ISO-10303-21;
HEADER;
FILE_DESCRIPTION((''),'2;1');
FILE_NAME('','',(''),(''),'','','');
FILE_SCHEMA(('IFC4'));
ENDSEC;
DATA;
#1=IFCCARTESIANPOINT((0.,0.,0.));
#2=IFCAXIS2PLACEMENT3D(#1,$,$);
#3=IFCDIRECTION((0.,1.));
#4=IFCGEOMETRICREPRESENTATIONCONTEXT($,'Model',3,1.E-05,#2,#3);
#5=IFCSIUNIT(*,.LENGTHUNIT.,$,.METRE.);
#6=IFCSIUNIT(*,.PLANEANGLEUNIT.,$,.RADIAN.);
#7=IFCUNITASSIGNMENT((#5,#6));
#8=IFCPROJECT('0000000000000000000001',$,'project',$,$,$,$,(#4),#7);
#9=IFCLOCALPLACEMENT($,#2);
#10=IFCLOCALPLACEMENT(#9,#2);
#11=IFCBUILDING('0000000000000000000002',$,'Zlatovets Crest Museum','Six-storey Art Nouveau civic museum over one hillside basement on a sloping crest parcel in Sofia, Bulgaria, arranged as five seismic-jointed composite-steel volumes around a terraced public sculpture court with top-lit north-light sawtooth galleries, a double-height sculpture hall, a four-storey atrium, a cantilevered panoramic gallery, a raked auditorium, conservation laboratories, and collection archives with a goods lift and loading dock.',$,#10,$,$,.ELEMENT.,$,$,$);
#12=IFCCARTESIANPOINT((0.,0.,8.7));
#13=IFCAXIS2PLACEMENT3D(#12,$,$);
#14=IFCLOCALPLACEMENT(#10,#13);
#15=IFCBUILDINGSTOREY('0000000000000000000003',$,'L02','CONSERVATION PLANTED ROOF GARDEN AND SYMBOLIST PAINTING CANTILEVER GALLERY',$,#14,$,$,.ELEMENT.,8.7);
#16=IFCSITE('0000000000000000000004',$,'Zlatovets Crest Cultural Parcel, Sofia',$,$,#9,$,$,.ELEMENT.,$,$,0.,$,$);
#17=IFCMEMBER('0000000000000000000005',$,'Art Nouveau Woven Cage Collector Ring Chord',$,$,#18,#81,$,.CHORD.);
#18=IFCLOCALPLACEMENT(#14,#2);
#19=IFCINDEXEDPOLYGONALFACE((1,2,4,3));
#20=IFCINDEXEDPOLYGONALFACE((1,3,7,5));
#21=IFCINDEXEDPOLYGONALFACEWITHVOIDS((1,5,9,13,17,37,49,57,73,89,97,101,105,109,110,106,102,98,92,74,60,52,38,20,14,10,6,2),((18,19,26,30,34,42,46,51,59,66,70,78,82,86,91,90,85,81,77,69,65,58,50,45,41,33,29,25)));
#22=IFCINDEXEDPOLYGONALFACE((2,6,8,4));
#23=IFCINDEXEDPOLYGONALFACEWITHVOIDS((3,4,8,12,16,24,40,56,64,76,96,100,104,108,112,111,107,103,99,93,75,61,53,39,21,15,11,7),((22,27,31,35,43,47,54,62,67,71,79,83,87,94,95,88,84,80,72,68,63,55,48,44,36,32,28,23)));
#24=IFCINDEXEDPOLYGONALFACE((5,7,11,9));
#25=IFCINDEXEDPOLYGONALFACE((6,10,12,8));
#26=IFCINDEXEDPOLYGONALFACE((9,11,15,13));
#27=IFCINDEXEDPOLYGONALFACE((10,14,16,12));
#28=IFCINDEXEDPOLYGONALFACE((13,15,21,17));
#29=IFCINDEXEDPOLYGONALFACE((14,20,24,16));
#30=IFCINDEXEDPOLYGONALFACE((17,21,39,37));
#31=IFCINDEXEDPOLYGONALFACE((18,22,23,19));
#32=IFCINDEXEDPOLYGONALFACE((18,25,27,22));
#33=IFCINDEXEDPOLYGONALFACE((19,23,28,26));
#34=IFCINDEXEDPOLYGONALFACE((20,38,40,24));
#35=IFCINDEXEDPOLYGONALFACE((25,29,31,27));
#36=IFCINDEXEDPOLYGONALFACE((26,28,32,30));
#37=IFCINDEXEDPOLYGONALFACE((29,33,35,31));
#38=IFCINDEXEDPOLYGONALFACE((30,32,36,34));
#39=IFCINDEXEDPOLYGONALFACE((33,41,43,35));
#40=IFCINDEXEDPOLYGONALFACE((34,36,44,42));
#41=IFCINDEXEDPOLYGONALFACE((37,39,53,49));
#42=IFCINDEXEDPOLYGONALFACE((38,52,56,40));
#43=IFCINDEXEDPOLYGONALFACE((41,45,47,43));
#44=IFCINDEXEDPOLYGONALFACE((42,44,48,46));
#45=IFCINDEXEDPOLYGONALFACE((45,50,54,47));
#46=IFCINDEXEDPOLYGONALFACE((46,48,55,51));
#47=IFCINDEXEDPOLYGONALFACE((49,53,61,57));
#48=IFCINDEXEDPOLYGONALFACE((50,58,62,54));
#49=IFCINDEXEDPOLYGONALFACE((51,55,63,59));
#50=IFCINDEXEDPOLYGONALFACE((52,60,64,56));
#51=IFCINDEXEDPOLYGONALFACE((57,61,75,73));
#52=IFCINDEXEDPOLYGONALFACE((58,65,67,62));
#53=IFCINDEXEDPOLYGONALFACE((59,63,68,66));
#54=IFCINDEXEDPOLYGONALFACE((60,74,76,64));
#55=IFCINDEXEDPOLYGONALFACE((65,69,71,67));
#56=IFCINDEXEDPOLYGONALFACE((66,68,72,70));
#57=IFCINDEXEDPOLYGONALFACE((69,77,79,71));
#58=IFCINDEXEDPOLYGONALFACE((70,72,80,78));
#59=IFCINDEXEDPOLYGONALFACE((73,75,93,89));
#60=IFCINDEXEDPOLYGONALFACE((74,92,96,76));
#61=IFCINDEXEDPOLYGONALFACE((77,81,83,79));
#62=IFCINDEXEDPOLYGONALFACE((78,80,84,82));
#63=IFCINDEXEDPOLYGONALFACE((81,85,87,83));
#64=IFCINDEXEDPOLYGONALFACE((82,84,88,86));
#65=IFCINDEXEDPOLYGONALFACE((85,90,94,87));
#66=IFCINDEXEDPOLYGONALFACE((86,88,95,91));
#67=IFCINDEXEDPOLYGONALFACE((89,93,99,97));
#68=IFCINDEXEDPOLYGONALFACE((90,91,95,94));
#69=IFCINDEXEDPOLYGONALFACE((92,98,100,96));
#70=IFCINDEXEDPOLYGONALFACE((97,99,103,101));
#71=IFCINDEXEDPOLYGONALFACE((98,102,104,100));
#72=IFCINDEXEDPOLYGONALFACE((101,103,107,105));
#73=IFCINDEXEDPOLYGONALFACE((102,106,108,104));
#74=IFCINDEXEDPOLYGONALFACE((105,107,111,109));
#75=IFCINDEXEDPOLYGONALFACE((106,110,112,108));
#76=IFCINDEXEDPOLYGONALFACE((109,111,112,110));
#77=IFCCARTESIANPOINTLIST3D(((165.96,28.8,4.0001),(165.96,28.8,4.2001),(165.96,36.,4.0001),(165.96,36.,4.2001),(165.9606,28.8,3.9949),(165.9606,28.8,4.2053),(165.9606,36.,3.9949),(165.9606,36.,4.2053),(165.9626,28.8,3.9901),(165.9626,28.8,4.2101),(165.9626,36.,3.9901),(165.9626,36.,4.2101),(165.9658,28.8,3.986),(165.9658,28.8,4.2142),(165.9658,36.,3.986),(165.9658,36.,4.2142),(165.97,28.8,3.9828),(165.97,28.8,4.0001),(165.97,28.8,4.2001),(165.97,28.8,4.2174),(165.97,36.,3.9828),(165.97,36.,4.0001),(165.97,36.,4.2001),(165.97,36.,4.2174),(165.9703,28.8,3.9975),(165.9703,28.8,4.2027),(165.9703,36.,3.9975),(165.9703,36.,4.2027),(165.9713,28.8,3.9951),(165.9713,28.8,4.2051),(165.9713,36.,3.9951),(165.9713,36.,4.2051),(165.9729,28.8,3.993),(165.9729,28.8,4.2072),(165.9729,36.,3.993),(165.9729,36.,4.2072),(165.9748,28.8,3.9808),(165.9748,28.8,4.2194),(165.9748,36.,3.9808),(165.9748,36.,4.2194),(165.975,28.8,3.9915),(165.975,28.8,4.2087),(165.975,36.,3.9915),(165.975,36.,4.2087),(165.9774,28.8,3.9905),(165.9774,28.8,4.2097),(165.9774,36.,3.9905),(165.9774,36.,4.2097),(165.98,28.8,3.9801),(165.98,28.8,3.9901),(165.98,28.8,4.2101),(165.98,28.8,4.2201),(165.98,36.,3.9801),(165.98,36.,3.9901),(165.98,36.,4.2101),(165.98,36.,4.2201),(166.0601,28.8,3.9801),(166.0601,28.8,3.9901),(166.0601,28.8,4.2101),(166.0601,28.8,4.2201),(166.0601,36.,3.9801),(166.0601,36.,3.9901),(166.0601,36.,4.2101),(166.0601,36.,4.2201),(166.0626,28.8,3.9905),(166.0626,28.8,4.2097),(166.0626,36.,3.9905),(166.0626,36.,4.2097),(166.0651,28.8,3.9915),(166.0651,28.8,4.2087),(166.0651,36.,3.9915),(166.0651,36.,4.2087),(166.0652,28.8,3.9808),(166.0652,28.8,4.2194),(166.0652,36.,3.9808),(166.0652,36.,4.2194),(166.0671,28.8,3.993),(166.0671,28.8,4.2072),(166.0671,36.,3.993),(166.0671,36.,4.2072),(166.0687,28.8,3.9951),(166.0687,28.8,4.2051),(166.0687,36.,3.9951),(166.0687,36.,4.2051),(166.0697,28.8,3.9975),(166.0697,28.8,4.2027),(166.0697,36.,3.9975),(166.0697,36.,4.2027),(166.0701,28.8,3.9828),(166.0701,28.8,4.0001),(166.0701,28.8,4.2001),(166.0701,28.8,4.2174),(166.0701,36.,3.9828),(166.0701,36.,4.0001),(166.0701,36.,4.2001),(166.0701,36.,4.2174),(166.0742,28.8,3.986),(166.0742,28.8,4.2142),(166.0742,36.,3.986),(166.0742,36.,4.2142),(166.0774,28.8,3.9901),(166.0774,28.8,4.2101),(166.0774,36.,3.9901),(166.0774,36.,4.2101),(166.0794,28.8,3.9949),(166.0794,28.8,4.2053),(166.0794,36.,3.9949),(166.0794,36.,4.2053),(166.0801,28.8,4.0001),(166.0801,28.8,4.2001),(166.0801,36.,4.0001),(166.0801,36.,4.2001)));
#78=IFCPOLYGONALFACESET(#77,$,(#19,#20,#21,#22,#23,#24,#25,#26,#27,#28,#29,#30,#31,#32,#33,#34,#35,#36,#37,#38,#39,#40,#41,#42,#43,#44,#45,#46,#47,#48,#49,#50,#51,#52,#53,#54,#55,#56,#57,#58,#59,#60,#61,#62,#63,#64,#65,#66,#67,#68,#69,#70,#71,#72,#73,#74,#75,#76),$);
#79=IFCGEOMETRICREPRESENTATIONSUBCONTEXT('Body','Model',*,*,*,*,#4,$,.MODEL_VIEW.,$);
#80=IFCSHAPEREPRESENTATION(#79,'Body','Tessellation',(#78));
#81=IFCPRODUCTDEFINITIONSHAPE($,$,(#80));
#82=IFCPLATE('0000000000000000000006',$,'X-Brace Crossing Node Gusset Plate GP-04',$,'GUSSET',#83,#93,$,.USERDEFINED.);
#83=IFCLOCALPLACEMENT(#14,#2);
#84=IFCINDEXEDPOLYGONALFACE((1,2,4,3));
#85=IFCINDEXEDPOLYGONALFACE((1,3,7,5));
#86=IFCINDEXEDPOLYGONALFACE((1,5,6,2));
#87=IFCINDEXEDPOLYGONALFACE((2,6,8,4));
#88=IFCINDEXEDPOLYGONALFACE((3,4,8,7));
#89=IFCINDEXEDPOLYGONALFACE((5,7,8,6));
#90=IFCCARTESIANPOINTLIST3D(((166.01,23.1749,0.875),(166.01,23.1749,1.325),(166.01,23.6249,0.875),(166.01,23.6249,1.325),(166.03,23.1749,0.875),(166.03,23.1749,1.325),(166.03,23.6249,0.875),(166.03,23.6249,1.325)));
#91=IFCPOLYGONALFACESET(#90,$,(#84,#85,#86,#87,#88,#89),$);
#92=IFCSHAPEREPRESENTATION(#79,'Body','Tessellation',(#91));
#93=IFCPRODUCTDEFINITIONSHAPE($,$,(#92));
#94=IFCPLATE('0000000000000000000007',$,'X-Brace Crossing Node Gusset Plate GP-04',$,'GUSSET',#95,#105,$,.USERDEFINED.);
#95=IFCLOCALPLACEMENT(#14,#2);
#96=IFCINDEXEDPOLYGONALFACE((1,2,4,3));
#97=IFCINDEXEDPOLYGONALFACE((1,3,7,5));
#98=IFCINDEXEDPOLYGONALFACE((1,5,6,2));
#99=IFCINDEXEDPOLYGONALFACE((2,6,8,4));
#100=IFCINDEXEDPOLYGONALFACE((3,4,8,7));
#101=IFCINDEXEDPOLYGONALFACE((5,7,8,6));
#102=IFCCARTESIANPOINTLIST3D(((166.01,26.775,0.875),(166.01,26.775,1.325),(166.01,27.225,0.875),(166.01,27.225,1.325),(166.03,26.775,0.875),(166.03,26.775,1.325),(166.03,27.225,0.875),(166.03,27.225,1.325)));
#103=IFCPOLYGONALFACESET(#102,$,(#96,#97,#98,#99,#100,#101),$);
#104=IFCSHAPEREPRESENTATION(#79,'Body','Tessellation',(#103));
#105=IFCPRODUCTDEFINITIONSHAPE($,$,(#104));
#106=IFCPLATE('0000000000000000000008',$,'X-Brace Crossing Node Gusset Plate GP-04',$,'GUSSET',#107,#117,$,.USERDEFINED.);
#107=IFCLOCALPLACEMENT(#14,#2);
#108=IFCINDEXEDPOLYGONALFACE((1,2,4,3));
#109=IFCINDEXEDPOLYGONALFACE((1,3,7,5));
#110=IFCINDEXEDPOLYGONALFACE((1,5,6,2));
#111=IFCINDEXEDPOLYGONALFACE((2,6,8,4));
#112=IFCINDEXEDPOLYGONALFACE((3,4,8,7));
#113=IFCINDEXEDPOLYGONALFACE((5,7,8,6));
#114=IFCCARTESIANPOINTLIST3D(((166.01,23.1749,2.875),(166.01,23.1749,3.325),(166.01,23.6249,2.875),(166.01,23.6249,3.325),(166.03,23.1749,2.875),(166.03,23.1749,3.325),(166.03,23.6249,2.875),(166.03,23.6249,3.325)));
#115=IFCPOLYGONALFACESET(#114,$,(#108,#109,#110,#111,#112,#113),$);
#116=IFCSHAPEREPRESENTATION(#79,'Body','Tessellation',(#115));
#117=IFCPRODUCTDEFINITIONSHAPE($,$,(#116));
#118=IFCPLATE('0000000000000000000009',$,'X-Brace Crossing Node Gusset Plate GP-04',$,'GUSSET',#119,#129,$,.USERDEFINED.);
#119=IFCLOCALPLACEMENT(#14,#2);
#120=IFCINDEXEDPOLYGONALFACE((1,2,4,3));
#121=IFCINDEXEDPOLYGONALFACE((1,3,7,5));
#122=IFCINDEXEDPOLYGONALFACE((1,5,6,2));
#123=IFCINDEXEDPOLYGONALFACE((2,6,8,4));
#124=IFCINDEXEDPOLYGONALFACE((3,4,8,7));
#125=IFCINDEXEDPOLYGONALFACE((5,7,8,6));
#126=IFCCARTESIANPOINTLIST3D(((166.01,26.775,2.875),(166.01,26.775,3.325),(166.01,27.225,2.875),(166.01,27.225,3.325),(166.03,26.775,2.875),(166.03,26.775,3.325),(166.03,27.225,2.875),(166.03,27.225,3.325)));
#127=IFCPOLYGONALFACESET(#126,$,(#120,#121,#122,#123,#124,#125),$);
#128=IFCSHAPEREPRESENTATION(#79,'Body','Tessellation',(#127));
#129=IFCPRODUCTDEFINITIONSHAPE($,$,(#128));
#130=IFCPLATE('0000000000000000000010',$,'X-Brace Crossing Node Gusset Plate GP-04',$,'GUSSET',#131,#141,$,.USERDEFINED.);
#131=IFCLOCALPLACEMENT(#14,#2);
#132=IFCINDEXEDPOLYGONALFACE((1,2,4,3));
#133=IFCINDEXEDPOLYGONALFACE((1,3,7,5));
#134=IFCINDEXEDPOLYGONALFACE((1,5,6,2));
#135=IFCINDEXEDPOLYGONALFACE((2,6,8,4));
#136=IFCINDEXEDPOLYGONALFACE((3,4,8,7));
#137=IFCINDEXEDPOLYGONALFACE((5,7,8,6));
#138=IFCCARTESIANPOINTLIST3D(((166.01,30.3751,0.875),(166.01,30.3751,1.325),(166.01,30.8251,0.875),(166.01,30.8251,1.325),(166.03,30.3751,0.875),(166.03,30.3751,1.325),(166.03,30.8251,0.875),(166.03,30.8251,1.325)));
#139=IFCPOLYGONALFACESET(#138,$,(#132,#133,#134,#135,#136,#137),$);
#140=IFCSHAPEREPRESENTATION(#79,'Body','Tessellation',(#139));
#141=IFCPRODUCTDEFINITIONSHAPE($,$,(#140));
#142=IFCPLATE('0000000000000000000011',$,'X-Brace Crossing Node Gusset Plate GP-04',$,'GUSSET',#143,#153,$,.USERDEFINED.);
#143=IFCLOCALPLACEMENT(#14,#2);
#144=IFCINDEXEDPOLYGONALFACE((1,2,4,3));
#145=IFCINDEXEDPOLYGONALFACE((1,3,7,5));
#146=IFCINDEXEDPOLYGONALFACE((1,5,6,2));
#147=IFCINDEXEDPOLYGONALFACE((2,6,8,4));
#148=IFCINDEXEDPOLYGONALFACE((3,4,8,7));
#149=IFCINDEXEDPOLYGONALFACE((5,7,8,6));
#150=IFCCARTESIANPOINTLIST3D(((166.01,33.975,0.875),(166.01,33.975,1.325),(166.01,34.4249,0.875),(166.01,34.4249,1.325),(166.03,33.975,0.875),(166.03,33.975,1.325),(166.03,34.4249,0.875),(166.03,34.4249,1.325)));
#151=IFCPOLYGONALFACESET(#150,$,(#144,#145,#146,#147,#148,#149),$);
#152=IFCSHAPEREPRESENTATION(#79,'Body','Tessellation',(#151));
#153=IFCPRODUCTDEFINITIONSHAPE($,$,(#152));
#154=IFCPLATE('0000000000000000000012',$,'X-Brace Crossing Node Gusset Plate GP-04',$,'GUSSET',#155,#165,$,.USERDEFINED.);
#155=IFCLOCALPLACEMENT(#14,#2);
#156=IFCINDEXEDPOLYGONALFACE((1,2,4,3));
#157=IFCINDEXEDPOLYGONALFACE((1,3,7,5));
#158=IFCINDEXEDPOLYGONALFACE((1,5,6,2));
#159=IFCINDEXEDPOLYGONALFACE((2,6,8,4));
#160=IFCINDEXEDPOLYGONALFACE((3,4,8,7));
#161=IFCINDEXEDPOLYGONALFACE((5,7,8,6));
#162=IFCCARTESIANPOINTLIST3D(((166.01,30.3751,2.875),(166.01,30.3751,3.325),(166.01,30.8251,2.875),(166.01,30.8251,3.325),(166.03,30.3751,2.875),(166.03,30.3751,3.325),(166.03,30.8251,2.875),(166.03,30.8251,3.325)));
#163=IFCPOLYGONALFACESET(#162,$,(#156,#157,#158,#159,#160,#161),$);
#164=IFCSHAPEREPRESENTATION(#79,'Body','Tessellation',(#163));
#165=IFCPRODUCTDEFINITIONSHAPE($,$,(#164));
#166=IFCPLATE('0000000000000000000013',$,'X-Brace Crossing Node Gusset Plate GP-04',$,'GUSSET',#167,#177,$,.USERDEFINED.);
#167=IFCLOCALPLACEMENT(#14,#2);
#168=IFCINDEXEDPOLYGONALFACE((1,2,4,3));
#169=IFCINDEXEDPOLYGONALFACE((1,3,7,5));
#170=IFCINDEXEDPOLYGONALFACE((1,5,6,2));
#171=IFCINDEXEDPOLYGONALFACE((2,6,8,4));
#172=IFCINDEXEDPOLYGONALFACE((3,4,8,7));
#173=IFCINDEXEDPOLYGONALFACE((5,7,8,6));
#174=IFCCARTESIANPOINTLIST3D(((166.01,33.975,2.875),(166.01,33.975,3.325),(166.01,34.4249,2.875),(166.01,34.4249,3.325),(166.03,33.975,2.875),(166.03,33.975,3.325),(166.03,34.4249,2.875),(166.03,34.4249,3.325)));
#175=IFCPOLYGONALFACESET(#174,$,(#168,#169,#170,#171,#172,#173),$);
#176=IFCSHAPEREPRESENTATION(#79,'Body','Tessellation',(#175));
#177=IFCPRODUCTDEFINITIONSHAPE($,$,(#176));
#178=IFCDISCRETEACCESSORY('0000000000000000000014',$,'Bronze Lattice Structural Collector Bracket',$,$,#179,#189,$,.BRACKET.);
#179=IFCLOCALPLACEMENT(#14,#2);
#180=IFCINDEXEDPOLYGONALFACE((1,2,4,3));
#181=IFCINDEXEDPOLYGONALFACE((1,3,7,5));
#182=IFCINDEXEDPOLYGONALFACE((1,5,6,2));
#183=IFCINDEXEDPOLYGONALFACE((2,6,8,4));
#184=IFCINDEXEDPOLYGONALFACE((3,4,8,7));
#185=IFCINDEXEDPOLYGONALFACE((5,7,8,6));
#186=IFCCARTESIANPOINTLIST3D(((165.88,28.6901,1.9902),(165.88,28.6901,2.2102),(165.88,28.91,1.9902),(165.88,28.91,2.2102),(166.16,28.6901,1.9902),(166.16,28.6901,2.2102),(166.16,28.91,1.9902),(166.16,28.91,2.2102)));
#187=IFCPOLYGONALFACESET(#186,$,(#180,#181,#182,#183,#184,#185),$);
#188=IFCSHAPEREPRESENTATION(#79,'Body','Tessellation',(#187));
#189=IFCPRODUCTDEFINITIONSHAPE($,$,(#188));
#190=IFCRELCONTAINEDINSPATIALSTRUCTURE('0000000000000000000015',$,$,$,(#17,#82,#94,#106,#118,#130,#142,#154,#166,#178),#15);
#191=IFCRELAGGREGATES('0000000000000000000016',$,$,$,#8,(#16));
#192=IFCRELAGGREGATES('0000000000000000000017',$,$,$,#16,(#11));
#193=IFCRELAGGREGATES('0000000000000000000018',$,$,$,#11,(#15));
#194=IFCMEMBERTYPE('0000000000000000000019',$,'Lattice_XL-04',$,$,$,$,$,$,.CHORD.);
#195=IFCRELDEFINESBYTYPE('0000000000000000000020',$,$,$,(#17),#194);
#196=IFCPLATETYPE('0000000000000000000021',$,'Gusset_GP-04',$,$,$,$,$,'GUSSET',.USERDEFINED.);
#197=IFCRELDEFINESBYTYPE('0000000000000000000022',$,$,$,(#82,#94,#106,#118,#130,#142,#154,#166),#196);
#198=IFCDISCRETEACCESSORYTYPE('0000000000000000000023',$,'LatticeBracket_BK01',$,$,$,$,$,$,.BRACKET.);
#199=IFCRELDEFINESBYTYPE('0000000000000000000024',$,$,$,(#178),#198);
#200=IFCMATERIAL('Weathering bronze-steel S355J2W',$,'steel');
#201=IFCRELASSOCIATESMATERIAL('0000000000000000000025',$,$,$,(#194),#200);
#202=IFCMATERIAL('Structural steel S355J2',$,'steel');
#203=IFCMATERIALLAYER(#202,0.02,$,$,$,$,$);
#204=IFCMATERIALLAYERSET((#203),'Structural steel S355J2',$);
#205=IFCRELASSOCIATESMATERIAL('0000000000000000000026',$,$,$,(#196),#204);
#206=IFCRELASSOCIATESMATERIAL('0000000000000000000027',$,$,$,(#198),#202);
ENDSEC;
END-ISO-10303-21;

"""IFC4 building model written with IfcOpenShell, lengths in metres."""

from ifc_helpers import new_model, si_unit, direction, frame, origin, origin_2d, place, context, subcontext, project, spatial, rectangle, hollow_rectangle, extrude, material, layer, layer_set, material_profile, profile_set, type_object, element, save


model = new_model("IFC4")

# Units and contexts
model_context = context("Model", 3, precision=1e-05, world=origin(), true_north=direction((0.0, 1.0)))
body_context = subcontext(model_context, "Body", "Model", "MODEL_VIEW")
ifc_project = project(units=[si_unit("LENGTHUNIT", "METRE"), si_unit("PLANEANGLEUNIT", "RADIAN")], contexts=[model_context])

# Site, building, storey
site_placement = place(None, origin())
site = spatial("IfcSite", under=ifc_project, at=site_placement, Name="Zlatovets Crest Cultural Parcel, Sofia", CompositionType="ELEMENT", RefElevation=0.0)
building_placement = place(site_placement, origin())
building = spatial("IfcBuilding", under=site, at=building_placement, Name="Zlatovets Crest Museum", Description="Six-storey Art Nouveau civic museum over one hillside basement on a sloping crest parcel in Sofia, Bulgaria, arranged as five seismic-jointed composite-steel volumes around a terraced public sculpture court with top-lit north-light sawtooth galleries, a double-height sculpture hall, a four-storey atrium, a cantilevered panoramic gallery, a raked auditorium, conservation laboratories, and collection archives with a goods lift and loading dock.", CompositionType="ELEMENT")
storey_placement = place(building_placement, frame((0.0, 0.0, 8.7)))
storey = spatial("IfcBuildingStorey", under=building, at=storey_placement, Name="L02", Description="CONSERVATION PLANTED ROOF GARDEN AND SYMBOLIST PAINTING CANTILEVER GALLERY", CompositionType="ELEMENT", Elevation=8.7)

# Member
ifc_material_1 = material(Name="Weathering bronze-steel S355J2W", Category="steel")
ifc_material_profile_1 = material_profile(ifc_material_1, hollow_rectangle(XDim=0.1201, YDim=0.24, WallThickness=0.01, InnerFilletRadius=0.01, OuterFilletRadius=0.02, at=origin_2d()), Name="RHS 120x240x10.0")
ifc_profile_set_1 = profile_set([ifc_material_profile_1], Name="Weathering bronze-steel S355J2W")
member_type_1 = type_object("IfcMemberType", Name="Lattice_XL-04", PredefinedType="CHORD", material=ifc_profile_set_1)
member_1_placement = place(storey_placement, frame((166.02, 28.8, 4.1001), z_axis=(0.0, 1.0, 0.0), x_axis=(-1.0, 0.0, 0.0)))
element("IfcMember", 1, at=member_1_placement, inside=storey, type_object=member_type_1, Name="Art Nouveau Woven Cage Collector Ring Chord", PredefinedType="CHORD", context=body_context, shape_type="SweptSolid", body=[
    extrude(hollow_rectangle(XDim=0.1201, YDim=0.24, WallThickness=0.01, InnerFilletRadius=0.01, OuterFilletRadius=0.02, at=origin_2d()), origin(), (0.0, 0.0, 1.0), 7.2),
])

# Plates
ifc_material_2 = material(Name="Structural steel S355J2", Category="steel")
ifc_layer = layer(ifc_material_2, 0.02)
ifc_layer_set = layer_set([ifc_layer], Name="Structural steel S355J2")
plate_type = type_object("IfcPlateType", Name="Gusset_GP-04", ElementType="GUSSET", PredefinedType="USERDEFINED", material=ifc_layer_set)
for number, where, z_axis, x_axis, name in (
    (2, (166.02, 23.3999, 0.875), (0.0, 0.0, 1.0), (1.0, 0.0, 0.0), "X-Brace Crossing Node Gusset Plate GP-04"),
    (3, (166.02, 27.0, 0.875), (0.0, 0.0, 1.0), (1.0, 0.0, 0.0), "X-Brace Crossing Node Gusset Plate GP-04"),
    (4, (166.02, 23.3999, 2.875), (0.0, 0.0, 1.0), (1.0, 0.0, 0.0), "X-Brace Crossing Node Gusset Plate GP-04"),
    (5, (166.02, 27.0, 2.875), (0.0, 0.0, 1.0), (1.0, 0.0, 0.0), "X-Brace Crossing Node Gusset Plate GP-04"),
    (6, (166.02, 30.6001, 0.875), (0.0, 0.0, 1.0), (1.0, 0.0, 0.0), "X-Brace Crossing Node Gusset Plate GP-04"),
    (7, (166.02, 34.2, 0.875), (0.0, 0.0, 1.0), (1.0, 0.0, 0.0), "X-Brace Crossing Node Gusset Plate GP-04"),
    (8, (166.02, 30.6001, 2.875), (0.0, 0.0, 1.0), (1.0, 0.0, 0.0), "X-Brace Crossing Node Gusset Plate GP-04"),
    (9, (166.02, 34.2, 2.875), (0.0, 0.0, 1.0), (1.0, 0.0, 0.0), "X-Brace Crossing Node Gusset Plate GP-04"),
):
    element("IfcPlate", number, at=place(storey_placement, frame(where, z_axis=z_axis, x_axis=x_axis)), inside=storey, type_object=plate_type, Name=name, ObjectType="GUSSET", PredefinedType="USERDEFINED", context=body_context, shape_type="SweptSolid", body=[
        extrude(rectangle(XDim=0.02, YDim=0.45, at=origin_2d()), origin(), (0.0, 0.0, 1.0), 0.45),
    ])

# Discrete accessory
discrete_accessory_type = type_object("IfcDiscreteAccessoryType", Name="LatticeBracket_BK01", PredefinedType="BRACKET", material=ifc_material_2)
discrete_accessory_placement = place(storey_placement, frame((166.02, 28.8, 1.9902), z_axis=(0.0, 0.0, 1.0), x_axis=(1.0, 0.0, 0.0)))
element("IfcDiscreteAccessory", 10, at=discrete_accessory_placement, inside=storey, type_object=discrete_accessory_type, Name="Bronze Lattice Structural Collector Bracket", PredefinedType="BRACKET", context=body_context, shape_type="SweptSolid", body=[
    extrude(rectangle(XDim=0.28, YDim=0.22, at=origin_2d()), origin(), (0.0, 0.0, 1.0), 0.22),
])

save(model, "model.ifc")
